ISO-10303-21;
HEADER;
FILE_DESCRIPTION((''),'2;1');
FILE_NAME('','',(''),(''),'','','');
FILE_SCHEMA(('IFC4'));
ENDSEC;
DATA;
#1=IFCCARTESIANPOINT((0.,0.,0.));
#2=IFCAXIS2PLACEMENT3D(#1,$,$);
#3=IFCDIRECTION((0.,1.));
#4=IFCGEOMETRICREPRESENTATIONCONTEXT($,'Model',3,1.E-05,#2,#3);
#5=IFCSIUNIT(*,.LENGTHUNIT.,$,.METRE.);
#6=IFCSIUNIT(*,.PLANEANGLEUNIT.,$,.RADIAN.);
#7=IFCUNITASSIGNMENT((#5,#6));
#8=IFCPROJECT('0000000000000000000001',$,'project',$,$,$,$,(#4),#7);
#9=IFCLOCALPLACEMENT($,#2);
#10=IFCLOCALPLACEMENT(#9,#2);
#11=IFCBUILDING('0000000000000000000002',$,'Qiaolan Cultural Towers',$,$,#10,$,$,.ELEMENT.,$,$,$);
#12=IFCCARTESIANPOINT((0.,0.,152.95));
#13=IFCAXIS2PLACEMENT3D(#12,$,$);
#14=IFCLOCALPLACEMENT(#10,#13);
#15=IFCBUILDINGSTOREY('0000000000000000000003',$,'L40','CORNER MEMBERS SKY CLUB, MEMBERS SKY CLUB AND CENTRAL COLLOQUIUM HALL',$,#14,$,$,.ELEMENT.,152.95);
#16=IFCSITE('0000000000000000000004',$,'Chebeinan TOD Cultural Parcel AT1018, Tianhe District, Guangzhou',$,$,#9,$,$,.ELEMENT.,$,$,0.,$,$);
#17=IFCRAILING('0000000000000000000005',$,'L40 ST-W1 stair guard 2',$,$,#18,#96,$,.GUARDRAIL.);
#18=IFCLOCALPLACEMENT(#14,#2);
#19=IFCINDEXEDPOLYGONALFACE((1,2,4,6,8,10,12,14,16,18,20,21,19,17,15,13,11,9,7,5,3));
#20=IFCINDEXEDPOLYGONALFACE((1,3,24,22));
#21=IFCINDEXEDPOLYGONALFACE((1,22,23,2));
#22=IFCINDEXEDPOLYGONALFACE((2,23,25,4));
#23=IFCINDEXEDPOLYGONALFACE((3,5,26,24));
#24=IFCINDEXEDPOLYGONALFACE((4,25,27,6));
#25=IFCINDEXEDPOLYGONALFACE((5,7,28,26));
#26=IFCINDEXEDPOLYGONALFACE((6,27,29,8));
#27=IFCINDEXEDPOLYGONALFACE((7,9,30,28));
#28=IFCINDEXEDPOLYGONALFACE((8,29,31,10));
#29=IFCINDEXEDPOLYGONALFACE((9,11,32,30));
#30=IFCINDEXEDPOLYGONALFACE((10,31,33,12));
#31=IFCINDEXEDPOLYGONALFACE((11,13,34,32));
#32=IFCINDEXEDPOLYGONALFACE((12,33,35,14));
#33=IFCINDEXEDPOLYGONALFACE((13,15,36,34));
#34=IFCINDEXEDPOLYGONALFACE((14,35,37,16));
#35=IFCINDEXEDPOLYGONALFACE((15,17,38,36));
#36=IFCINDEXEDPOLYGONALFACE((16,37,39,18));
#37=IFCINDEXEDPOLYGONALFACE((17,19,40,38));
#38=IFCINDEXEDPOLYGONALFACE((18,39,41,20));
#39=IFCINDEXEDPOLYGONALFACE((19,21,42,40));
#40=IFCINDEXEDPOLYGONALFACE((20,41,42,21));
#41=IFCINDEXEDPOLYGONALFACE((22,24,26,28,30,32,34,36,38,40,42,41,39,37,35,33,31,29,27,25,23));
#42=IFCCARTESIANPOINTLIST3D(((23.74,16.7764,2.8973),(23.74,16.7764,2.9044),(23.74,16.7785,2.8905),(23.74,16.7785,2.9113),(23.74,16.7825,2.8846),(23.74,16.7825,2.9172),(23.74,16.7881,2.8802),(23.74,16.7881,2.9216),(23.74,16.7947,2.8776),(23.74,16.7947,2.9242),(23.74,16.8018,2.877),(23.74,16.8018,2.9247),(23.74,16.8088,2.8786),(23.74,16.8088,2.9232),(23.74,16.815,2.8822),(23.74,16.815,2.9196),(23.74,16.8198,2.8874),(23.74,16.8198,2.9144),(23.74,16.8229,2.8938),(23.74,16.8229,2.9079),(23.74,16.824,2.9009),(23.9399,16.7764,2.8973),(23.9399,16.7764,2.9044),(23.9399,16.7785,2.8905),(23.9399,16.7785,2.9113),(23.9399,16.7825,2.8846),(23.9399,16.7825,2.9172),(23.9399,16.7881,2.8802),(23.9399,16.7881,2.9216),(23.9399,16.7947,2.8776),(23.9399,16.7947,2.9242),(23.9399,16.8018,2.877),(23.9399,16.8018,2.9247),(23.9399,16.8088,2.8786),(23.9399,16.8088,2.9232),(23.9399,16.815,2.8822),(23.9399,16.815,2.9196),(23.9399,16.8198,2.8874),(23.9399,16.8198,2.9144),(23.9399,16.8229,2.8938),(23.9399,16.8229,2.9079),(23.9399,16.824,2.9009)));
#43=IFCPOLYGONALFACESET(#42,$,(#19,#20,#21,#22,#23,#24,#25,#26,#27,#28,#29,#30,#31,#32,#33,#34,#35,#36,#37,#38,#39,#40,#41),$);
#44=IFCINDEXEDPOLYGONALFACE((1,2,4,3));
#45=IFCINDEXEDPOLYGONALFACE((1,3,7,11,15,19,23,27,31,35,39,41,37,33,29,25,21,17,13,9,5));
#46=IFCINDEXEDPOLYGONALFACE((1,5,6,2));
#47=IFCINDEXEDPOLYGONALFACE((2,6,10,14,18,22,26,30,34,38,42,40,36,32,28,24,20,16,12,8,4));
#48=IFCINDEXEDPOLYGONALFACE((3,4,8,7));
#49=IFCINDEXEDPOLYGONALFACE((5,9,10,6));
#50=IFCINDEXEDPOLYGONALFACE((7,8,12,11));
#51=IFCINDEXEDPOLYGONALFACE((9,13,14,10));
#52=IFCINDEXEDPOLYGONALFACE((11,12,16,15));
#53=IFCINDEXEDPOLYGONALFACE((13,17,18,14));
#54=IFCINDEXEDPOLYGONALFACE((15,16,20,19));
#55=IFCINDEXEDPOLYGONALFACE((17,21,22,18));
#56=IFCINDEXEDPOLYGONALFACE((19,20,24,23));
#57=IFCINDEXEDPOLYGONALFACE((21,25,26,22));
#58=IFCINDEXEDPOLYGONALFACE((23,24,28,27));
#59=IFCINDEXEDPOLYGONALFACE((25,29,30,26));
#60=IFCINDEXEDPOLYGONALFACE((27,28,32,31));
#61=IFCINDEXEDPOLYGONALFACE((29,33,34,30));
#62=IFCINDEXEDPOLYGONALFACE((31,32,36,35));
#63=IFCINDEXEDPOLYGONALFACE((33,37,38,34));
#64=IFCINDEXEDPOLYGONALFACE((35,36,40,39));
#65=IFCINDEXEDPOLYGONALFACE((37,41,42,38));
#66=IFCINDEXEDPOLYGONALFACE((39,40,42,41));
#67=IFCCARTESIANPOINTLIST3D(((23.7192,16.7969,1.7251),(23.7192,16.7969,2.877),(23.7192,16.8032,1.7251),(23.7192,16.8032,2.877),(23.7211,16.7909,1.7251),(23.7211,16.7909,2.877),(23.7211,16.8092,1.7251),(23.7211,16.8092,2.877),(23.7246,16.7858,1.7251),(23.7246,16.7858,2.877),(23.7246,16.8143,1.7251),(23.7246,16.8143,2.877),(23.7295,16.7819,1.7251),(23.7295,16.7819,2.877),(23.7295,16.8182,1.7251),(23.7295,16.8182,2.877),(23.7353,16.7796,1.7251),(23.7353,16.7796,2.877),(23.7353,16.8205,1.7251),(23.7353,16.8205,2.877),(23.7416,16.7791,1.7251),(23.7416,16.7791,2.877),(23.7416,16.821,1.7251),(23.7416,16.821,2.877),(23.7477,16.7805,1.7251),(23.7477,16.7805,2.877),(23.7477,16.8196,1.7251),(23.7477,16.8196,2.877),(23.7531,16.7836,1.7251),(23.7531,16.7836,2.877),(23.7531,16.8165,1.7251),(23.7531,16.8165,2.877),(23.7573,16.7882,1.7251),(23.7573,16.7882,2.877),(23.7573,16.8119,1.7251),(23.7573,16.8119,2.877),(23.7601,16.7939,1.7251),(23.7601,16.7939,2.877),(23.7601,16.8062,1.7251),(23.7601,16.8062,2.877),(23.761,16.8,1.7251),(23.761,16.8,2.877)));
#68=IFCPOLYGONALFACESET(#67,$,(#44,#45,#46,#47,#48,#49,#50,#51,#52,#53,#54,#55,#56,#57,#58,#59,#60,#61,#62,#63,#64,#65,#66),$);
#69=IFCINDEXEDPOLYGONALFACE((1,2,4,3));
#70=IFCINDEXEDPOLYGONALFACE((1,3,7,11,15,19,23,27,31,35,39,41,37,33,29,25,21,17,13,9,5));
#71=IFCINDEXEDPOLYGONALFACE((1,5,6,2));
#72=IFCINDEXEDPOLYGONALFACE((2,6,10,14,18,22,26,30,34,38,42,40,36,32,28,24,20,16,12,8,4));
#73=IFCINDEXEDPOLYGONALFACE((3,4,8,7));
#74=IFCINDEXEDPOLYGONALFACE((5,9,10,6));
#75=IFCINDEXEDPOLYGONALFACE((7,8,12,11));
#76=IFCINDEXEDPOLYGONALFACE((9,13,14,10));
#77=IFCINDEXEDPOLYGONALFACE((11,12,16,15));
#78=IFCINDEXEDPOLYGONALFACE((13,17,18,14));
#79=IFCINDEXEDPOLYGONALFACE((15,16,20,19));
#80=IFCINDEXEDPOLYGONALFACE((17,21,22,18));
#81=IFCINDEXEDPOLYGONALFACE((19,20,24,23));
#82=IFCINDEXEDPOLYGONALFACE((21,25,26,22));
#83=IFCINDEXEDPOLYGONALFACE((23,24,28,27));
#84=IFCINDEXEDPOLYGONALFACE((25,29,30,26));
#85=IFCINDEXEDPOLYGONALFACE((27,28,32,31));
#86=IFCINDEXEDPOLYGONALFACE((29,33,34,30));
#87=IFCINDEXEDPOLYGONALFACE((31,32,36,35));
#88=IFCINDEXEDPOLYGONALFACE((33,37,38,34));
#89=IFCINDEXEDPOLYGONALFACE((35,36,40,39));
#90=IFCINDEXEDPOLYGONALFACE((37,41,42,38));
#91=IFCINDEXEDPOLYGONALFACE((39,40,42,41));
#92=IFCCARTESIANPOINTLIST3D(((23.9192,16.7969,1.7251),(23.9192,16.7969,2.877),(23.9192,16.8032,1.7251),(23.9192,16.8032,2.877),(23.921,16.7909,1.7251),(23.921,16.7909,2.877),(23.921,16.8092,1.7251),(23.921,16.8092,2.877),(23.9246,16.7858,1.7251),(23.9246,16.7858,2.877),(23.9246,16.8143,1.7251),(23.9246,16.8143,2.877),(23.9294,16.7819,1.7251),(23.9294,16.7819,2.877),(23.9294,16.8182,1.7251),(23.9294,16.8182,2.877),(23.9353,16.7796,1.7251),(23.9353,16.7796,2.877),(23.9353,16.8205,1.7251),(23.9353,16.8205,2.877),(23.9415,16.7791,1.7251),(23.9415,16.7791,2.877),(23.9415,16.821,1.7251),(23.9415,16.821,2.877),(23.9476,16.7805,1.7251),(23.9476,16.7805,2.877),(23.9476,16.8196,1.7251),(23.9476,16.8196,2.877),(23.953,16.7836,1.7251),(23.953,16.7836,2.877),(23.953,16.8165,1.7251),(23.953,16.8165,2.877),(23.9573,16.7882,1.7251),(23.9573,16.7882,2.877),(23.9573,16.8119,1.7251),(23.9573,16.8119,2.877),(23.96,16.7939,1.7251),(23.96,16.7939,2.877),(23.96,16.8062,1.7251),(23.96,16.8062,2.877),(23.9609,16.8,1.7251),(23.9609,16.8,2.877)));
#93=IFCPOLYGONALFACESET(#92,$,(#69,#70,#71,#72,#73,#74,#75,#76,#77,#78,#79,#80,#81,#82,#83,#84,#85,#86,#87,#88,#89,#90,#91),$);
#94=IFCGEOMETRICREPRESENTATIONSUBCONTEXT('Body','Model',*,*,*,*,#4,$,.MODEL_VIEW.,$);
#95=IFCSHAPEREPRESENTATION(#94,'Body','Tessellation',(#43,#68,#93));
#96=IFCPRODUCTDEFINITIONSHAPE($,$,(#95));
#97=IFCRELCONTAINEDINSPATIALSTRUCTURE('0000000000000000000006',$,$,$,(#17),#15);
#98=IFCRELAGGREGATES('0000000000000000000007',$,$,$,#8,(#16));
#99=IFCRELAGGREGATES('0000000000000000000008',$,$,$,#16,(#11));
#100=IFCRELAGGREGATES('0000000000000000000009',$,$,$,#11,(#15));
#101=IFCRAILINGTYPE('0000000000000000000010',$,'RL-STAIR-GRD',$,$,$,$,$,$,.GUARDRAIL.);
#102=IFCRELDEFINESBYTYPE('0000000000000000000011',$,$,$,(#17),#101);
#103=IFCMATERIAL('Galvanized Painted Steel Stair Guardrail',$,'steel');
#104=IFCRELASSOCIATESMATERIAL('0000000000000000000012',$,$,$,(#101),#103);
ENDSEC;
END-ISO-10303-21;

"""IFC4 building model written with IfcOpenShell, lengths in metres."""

from ifc_helpers import new_model, si_unit, direction, frame, origin, origin_2d, place, context, subcontext, project, spatial, circle, extrude, material, type_object, element, save


model = new_model("IFC4")

# Units and contexts
model_context = context("Model", 3, precision=1e-05, world=origin(), true_north=direction((0.0, 1.0)))
body_context = subcontext(model_context, "Body", "Model", "MODEL_VIEW")
ifc_project = project(units=[si_unit("LENGTHUNIT", "METRE"), si_unit("PLANEANGLEUNIT", "RADIAN")], contexts=[model_context])

# Site, building, storey
site_placement = place(None, origin())
site = spatial("IfcSite", under=ifc_project, at=site_placement, Name="Chebeinan TOD Cultural Parcel AT1018, Tianhe District, Guangzhou", CompositionType="ELEMENT", RefElevation=0.0)
building_placement = place(site_placement, origin())
building = spatial("IfcBuilding", under=site, at=building_placement, Name="Qiaolan Cultural Towers", CompositionType="ELEMENT")
storey_placement = place(building_placement, frame((0.0, 0.0, 152.95)))
storey = spatial("IfcBuildingStorey", under=building, at=storey_placement, Name="L40", Description="CORNER MEMBERS SKY CLUB, MEMBERS SKY CLUB AND CENTRAL COLLOQUIUM HALL", CompositionType="ELEMENT", Elevation=152.95)

# Railing
ifc_material_1 = material(Name="Galvanized Painted Steel Stair Guardrail", Category="steel")
railing_type_1 = type_object("IfcRailingType", Name="RL-STAIR-GRD", PredefinedType="GUARDRAIL", material=ifc_material_1)
railing_1_placement = place(storey_placement, frame((23.74, 16.8, 1.7251)))
element("IfcRailing", 1, at=railing_1_placement, inside=storey, type_object=railing_type_1, Name="L40 ST-W1 stair guard 2", PredefinedType="GUARDRAIL", context=body_context, shape_type="SweptSolid", body=[
    extrude(circle(Radius=0.0239, at=origin_2d()), frame((0.0, 0.0, 1.1758), z_axis=(1.0, 0.0, 0.0), x_axis=(0.0, 1.0, 0.0)), (0.0, 0.0, 1.0), 0.2),
    extrude(circle(Radius=0.021, at=origin_2d()), origin(), (0.0, 0.0, 1.0), 1.1519),
    extrude(circle(Radius=0.021, at=origin_2d()), frame((0.2, 0.0, 0.0)), (0.0, 0.0, 1.0), 1.1519),
])

save(model, "model.ifc")
